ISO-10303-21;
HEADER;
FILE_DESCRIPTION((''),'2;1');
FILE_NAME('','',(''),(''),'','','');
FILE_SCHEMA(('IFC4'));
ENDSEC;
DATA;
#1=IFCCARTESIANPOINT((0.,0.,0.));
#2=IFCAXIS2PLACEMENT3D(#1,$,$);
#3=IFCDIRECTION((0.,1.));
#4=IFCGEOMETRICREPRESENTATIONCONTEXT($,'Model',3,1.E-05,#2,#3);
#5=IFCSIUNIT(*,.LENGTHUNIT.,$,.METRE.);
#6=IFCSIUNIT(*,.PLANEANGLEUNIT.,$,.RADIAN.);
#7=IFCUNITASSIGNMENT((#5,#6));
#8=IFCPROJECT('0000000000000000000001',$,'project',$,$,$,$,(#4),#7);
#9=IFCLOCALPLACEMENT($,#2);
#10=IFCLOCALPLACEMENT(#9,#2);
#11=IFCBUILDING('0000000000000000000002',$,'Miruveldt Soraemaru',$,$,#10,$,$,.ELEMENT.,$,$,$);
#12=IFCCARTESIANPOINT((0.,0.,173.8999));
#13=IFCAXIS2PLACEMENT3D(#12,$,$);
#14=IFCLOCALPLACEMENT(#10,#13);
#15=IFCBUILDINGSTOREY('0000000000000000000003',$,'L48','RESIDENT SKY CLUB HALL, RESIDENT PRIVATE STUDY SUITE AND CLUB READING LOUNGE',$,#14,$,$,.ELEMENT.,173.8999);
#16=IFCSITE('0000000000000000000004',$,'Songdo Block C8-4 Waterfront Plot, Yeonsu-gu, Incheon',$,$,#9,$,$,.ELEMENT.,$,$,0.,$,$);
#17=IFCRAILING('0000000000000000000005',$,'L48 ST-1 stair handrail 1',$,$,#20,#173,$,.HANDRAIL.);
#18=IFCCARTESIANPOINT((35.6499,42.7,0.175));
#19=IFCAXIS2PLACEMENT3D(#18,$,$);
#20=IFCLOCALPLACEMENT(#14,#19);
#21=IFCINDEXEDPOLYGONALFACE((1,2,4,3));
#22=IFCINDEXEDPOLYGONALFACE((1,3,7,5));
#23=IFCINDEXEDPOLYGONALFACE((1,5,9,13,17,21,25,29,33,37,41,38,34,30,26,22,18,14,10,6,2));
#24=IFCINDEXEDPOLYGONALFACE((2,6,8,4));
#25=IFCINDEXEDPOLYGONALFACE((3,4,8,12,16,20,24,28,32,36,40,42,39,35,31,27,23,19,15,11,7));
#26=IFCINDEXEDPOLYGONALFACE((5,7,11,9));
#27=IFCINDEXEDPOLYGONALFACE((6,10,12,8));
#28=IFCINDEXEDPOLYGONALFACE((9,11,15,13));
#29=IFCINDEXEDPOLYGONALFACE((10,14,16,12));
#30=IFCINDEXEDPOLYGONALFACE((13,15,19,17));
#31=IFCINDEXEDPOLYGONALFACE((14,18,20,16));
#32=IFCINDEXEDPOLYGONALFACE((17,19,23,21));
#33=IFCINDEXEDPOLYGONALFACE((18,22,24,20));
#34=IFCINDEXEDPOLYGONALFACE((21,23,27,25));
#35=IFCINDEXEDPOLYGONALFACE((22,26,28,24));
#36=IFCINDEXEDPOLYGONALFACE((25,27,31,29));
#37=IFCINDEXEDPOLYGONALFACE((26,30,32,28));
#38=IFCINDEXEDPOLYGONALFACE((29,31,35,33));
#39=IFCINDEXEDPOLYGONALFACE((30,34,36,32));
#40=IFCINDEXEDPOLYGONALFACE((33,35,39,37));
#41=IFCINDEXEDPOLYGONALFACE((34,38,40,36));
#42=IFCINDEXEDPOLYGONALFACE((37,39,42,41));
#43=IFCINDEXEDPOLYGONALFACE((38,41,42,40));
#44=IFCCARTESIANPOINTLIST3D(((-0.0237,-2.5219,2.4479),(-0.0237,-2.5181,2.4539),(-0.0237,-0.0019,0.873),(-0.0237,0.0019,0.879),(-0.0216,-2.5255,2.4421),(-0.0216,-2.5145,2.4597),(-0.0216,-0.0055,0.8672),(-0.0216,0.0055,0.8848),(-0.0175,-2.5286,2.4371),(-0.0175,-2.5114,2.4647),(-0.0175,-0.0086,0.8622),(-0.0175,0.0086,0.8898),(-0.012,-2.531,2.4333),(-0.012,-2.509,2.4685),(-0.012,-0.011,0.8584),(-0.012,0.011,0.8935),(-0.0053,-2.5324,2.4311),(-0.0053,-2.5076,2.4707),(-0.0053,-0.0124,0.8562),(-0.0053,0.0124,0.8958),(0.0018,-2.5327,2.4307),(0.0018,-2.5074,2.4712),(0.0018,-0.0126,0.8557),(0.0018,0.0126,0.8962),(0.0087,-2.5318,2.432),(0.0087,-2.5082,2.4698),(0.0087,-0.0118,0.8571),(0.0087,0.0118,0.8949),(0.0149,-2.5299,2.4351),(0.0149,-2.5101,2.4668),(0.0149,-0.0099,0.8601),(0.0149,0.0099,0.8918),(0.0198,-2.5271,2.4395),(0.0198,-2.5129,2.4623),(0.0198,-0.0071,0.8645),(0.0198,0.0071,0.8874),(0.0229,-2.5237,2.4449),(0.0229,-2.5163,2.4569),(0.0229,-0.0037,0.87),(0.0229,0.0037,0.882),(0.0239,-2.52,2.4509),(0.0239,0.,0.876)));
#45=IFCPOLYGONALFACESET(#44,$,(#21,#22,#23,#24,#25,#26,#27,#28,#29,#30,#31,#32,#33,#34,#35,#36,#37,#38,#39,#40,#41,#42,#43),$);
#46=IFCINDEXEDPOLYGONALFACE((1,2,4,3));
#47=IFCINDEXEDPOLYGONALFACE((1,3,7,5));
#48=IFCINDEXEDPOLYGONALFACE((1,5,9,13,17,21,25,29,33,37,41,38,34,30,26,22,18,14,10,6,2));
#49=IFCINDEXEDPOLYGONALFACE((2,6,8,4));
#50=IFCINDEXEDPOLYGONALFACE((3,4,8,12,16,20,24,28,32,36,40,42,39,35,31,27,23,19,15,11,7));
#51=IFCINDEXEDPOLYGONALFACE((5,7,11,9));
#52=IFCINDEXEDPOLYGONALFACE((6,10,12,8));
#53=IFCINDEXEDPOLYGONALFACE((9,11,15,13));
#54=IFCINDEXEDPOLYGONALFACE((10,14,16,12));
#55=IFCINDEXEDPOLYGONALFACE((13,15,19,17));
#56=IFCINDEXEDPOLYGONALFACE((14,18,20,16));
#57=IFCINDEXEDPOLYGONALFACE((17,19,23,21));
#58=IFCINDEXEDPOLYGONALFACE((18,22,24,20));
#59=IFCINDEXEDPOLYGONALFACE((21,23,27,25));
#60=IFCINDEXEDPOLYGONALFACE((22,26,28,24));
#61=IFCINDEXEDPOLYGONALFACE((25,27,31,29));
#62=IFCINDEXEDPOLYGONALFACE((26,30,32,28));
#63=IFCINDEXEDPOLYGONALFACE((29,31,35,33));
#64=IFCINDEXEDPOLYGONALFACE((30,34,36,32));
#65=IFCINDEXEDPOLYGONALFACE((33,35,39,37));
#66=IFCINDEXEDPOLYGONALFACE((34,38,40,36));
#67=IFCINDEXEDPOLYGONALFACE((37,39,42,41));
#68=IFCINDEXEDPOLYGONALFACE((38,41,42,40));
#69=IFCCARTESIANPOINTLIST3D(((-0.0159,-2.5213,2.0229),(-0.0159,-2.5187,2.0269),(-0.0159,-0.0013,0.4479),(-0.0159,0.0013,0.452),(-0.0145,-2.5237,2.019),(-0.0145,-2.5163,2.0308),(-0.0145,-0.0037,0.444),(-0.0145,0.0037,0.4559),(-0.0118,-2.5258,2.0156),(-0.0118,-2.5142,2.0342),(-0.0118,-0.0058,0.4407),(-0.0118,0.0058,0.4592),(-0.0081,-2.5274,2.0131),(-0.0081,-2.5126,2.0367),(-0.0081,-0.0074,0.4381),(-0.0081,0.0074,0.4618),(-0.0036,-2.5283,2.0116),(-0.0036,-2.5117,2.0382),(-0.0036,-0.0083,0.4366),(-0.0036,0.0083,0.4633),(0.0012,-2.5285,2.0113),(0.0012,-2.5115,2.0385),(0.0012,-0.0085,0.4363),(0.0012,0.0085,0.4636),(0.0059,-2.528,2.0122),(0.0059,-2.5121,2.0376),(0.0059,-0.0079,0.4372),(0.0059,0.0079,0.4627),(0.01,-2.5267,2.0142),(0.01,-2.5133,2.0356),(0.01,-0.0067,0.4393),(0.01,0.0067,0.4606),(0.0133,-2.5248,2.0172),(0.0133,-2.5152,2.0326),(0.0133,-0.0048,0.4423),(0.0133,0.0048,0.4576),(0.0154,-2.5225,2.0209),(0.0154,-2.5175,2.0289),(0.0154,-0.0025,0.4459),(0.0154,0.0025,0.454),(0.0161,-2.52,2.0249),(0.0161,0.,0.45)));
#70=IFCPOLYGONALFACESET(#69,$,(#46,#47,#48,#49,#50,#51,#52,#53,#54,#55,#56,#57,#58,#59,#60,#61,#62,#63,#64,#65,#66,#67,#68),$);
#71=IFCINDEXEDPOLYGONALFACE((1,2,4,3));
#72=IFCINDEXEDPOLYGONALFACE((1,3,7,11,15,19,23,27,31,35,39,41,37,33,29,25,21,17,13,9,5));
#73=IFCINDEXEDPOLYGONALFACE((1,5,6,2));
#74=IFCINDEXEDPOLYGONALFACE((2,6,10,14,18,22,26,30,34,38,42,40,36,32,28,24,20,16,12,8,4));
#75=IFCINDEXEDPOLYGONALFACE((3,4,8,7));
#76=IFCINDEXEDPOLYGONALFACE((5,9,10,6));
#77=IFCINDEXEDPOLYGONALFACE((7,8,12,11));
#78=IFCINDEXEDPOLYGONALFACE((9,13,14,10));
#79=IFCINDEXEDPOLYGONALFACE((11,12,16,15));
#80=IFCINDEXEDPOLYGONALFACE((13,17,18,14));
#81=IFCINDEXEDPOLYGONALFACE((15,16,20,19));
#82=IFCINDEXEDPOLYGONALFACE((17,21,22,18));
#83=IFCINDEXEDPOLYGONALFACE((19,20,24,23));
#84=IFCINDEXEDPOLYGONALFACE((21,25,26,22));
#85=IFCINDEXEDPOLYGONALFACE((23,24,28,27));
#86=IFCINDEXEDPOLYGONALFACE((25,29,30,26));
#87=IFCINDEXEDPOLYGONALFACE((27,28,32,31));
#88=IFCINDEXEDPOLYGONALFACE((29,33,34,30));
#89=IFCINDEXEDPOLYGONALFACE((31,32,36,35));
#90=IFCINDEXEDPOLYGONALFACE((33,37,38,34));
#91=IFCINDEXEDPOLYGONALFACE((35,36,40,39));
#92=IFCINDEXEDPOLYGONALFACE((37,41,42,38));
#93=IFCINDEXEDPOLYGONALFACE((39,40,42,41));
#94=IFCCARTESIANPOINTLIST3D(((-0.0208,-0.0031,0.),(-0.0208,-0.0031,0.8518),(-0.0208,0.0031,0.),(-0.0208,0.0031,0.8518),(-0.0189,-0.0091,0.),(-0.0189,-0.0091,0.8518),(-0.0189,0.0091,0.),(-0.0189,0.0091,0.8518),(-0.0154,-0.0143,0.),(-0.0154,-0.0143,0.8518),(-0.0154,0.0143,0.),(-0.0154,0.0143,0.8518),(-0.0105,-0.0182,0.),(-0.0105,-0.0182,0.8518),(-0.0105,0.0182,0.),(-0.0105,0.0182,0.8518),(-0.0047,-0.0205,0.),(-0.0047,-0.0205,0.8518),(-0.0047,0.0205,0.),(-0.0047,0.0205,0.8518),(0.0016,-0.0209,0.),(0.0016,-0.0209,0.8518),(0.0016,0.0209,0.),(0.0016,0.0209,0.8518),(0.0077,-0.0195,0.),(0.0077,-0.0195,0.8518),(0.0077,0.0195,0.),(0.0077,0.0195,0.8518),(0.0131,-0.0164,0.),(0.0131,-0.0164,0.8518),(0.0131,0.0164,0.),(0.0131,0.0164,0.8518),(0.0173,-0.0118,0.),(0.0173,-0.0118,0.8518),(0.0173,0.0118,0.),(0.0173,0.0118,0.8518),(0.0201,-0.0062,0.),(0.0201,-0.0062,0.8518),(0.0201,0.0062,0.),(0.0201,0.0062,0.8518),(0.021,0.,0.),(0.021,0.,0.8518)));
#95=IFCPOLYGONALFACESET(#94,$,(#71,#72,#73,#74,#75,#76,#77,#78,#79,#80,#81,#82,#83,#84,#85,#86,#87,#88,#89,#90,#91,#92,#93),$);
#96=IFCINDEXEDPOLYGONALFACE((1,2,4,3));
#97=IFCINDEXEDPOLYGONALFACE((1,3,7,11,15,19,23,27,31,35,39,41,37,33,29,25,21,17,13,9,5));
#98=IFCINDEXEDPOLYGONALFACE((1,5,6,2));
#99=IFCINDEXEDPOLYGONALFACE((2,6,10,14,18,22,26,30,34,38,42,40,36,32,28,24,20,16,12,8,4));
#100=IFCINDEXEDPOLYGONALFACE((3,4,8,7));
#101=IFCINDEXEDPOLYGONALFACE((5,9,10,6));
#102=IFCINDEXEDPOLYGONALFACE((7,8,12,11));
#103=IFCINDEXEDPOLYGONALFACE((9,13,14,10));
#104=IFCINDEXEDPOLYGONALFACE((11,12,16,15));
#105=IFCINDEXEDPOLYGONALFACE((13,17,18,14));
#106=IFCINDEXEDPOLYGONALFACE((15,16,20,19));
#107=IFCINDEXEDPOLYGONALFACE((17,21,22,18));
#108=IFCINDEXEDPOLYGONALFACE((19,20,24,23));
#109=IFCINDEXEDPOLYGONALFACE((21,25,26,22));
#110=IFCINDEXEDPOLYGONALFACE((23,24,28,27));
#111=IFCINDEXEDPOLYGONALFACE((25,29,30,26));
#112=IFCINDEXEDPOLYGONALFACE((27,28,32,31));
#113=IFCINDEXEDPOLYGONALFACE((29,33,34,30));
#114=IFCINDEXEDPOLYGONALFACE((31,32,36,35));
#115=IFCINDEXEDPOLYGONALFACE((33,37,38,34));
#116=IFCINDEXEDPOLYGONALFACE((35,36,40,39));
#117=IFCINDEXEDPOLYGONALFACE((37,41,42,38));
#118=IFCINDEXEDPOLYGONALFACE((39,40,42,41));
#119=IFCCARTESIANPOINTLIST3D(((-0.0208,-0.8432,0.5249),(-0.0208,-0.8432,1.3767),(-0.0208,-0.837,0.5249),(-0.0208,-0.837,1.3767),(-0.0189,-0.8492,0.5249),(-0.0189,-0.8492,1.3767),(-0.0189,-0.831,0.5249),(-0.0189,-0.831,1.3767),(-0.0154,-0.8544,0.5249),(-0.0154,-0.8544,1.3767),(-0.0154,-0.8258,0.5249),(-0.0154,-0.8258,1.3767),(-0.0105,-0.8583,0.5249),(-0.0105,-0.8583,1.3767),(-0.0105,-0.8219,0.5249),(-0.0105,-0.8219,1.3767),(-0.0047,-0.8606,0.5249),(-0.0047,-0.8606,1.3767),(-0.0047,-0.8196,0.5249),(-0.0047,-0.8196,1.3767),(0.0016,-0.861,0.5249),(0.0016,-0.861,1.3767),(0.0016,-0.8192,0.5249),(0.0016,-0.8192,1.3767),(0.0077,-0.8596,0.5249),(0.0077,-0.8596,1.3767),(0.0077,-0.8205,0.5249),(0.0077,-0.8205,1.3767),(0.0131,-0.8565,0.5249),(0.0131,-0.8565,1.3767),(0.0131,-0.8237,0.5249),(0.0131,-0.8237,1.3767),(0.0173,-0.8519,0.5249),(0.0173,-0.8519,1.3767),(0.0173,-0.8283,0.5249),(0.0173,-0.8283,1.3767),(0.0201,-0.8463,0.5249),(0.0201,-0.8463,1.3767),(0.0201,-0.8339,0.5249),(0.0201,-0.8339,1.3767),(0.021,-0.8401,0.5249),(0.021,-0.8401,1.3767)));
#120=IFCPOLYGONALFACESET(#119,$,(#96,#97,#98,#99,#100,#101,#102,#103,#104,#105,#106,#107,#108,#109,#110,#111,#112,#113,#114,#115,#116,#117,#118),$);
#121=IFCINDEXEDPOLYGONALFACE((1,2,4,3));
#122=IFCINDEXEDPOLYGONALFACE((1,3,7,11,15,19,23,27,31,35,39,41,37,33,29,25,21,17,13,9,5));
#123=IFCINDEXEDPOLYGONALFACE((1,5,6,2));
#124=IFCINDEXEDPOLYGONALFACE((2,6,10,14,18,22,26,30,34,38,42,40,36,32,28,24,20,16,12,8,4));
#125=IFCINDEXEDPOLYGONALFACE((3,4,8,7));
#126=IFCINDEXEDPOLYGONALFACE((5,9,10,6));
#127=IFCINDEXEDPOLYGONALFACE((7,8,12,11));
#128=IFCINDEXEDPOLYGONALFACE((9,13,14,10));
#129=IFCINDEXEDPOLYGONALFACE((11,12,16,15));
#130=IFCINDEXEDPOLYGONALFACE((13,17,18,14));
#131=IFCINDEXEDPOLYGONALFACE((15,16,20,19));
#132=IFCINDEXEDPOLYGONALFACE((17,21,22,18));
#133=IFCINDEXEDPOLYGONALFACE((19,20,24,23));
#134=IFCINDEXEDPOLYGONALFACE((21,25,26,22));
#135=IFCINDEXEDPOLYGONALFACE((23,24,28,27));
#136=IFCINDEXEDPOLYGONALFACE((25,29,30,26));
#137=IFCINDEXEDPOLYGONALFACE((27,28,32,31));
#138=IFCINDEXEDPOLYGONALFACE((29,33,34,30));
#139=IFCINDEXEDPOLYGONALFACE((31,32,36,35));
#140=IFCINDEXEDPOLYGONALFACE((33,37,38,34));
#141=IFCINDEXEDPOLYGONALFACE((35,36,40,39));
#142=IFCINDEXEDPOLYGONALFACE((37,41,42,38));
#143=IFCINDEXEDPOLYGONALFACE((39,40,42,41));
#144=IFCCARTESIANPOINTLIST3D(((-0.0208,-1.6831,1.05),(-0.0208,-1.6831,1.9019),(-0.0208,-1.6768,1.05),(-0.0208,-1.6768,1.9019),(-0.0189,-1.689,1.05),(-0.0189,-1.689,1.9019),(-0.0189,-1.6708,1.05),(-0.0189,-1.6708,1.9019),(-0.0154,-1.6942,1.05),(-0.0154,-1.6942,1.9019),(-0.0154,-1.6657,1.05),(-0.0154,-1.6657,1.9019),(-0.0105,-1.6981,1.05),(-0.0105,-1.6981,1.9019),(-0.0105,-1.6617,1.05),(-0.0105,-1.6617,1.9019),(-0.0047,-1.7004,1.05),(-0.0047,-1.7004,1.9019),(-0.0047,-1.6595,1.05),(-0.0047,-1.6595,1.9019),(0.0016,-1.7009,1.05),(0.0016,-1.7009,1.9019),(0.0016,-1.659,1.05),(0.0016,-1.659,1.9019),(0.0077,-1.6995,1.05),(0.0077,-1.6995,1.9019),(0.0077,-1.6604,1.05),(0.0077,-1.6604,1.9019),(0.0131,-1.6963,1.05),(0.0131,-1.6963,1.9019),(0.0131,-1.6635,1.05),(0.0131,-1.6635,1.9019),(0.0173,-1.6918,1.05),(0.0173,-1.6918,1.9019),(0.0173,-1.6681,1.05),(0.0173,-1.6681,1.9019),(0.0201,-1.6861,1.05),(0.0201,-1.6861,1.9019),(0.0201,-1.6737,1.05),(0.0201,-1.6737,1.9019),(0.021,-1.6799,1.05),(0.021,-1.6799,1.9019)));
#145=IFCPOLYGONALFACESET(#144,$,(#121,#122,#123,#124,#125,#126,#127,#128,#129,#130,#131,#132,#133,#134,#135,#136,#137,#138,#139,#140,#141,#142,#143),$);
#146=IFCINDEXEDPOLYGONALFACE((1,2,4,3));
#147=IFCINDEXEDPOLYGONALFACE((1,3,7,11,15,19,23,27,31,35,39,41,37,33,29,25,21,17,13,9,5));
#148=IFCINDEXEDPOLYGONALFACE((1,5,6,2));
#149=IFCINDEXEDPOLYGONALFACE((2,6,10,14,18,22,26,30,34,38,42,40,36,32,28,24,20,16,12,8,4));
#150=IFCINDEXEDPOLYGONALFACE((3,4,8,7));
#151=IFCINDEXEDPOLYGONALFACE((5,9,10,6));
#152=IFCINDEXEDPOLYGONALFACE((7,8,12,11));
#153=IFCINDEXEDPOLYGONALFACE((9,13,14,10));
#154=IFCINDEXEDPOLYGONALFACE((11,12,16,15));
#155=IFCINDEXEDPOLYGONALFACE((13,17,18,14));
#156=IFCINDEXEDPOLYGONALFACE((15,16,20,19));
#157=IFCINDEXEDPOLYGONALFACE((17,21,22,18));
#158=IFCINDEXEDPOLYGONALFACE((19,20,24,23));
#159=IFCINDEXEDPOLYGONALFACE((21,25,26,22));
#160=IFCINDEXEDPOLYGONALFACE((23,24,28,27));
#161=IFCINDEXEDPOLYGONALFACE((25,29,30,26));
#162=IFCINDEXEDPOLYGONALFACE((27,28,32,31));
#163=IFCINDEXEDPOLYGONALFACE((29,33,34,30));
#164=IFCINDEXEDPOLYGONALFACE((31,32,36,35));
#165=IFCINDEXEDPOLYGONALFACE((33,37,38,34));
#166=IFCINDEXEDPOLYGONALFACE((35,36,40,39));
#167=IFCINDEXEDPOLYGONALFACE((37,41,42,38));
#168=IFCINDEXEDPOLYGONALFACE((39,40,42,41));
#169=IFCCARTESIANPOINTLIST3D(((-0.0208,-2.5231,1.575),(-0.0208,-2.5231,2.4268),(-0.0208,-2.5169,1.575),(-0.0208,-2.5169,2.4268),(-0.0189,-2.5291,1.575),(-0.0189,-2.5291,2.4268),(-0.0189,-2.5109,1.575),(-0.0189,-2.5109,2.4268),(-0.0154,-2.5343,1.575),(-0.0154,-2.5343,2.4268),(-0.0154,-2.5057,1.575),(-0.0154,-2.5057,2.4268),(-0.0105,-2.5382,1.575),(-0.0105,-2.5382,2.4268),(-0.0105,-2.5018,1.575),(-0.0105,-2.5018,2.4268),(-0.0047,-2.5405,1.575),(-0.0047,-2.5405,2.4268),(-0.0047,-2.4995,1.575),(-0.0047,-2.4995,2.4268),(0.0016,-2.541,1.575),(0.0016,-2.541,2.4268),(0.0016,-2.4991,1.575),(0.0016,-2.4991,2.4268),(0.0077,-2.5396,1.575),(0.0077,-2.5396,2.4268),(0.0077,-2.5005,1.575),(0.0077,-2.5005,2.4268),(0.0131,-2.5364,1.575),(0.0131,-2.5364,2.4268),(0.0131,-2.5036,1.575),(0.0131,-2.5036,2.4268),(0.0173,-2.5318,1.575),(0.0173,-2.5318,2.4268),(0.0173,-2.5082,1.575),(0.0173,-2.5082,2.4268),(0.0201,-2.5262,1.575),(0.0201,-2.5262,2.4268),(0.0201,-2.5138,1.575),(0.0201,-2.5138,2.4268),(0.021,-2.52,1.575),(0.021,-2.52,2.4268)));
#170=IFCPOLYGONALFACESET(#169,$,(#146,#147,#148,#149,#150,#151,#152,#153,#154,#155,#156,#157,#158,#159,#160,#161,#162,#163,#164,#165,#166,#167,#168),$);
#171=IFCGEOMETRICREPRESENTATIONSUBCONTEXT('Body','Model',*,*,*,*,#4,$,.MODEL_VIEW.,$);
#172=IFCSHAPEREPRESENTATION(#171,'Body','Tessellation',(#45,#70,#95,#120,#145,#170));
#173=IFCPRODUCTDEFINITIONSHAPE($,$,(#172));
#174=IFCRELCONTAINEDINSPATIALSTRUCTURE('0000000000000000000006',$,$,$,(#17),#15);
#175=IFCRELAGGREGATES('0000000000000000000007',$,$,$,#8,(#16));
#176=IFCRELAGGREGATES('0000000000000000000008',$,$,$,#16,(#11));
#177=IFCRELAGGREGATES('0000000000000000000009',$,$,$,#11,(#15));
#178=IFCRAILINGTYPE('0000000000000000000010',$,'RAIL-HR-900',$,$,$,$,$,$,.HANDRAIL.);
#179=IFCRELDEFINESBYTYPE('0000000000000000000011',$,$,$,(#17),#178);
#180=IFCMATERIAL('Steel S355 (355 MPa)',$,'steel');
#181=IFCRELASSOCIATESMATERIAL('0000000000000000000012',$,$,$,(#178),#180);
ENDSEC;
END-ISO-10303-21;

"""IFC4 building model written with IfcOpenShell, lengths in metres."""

from ifc_helpers import new_model, si_unit, direction, frame, origin, origin_2d, place, context, subcontext, project, spatial, circle, extrude, material, type_object, element, save


model = new_model("IFC4")

# Units and contexts
model_context = context("Model", 3, precision=1e-05, world=origin(), true_north=direction((0.0, 1.0)))
body_context = subcontext(model_context, "Body", "Model", "MODEL_VIEW")
ifc_project = project(units=[si_unit("LENGTHUNIT", "METRE"), si_unit("PLANEANGLEUNIT", "RADIAN")], contexts=[model_context])

# Site, building, storey
site_placement = place(None, origin())
site = spatial("IfcSite", under=ifc_project, at=site_placement, Name="Songdo Block C8-4 Waterfront Plot, Yeonsu-gu, Incheon", CompositionType="ELEMENT", RefElevation=0.0)
building_placement = place(site_placement, origin())
building = spatial("IfcBuilding", under=site, at=building_placement, Name="Miruveldt Soraemaru", CompositionType="ELEMENT")
storey_placement = place(building_placement, frame((0.0, 0.0, 173.8999)))
storey = spatial("IfcBuildingStorey", under=building, at=storey_placement, Name="L48", Description="RESIDENT SKY CLUB HALL, RESIDENT PRIVATE STUDY SUITE AND CLUB READING LOUNGE", CompositionType="ELEMENT", Elevation=173.8999)

# Railing
ifc_material_1 = material(Name="Steel S355 (355 MPa)", Category="steel")
railing_type_1 = type_object("IfcRailingType", Name="RAIL-HR-900", PredefinedType="HANDRAIL", material=ifc_material_1)
railing_1_placement = place(storey_placement, frame((35.6499, 42.7, 0.175)))
element("IfcRailing", 1, at=railing_1_placement, inside=storey, type_object=railing_type_1, Name="L48 ST-1 stair handrail 1", PredefinedType="HANDRAIL", context=body_context, shape_type="SweptSolid", body=[
    extrude(circle(Radius=0.0239, at=origin_2d()), frame((0.0, 0.0, 0.876), z_axis=(0.0, -0.848008, 0.529984), x_axis=(1.0, 0.0, 0.0)), (0.0, 0.0, 1.0), 2.9717),
    extrude(circle(Radius=0.0161, at=origin_2d()), frame((0.0, 0.0, 0.45), z_axis=(0.0, -0.848008, 0.529984), x_axis=(1.0, 0.0, 0.0)), (0.0, 0.0, 1.0), 2.9717),
    extrude(circle(Radius=0.021, at=origin_2d()), origin(), (0.0, 0.0, 1.0), 0.8518),
    extrude(circle(Radius=0.021, at=origin_2d()), frame((0.0, -0.8401, 0.5249)), (0.0, 0.0, 1.0), 0.8518),
    extrude(circle(Radius=0.021, at=origin_2d()), frame((0.0, -1.6799, 1.05)), (0.0, 0.0, 1.0), 0.8518),
    extrude(circle(Radius=0.021, at=origin_2d()), frame((0.0, -2.52, 1.575)), (0.0, 0.0, 1.0), 0.8518),
])

save(model, "model.ifc")
